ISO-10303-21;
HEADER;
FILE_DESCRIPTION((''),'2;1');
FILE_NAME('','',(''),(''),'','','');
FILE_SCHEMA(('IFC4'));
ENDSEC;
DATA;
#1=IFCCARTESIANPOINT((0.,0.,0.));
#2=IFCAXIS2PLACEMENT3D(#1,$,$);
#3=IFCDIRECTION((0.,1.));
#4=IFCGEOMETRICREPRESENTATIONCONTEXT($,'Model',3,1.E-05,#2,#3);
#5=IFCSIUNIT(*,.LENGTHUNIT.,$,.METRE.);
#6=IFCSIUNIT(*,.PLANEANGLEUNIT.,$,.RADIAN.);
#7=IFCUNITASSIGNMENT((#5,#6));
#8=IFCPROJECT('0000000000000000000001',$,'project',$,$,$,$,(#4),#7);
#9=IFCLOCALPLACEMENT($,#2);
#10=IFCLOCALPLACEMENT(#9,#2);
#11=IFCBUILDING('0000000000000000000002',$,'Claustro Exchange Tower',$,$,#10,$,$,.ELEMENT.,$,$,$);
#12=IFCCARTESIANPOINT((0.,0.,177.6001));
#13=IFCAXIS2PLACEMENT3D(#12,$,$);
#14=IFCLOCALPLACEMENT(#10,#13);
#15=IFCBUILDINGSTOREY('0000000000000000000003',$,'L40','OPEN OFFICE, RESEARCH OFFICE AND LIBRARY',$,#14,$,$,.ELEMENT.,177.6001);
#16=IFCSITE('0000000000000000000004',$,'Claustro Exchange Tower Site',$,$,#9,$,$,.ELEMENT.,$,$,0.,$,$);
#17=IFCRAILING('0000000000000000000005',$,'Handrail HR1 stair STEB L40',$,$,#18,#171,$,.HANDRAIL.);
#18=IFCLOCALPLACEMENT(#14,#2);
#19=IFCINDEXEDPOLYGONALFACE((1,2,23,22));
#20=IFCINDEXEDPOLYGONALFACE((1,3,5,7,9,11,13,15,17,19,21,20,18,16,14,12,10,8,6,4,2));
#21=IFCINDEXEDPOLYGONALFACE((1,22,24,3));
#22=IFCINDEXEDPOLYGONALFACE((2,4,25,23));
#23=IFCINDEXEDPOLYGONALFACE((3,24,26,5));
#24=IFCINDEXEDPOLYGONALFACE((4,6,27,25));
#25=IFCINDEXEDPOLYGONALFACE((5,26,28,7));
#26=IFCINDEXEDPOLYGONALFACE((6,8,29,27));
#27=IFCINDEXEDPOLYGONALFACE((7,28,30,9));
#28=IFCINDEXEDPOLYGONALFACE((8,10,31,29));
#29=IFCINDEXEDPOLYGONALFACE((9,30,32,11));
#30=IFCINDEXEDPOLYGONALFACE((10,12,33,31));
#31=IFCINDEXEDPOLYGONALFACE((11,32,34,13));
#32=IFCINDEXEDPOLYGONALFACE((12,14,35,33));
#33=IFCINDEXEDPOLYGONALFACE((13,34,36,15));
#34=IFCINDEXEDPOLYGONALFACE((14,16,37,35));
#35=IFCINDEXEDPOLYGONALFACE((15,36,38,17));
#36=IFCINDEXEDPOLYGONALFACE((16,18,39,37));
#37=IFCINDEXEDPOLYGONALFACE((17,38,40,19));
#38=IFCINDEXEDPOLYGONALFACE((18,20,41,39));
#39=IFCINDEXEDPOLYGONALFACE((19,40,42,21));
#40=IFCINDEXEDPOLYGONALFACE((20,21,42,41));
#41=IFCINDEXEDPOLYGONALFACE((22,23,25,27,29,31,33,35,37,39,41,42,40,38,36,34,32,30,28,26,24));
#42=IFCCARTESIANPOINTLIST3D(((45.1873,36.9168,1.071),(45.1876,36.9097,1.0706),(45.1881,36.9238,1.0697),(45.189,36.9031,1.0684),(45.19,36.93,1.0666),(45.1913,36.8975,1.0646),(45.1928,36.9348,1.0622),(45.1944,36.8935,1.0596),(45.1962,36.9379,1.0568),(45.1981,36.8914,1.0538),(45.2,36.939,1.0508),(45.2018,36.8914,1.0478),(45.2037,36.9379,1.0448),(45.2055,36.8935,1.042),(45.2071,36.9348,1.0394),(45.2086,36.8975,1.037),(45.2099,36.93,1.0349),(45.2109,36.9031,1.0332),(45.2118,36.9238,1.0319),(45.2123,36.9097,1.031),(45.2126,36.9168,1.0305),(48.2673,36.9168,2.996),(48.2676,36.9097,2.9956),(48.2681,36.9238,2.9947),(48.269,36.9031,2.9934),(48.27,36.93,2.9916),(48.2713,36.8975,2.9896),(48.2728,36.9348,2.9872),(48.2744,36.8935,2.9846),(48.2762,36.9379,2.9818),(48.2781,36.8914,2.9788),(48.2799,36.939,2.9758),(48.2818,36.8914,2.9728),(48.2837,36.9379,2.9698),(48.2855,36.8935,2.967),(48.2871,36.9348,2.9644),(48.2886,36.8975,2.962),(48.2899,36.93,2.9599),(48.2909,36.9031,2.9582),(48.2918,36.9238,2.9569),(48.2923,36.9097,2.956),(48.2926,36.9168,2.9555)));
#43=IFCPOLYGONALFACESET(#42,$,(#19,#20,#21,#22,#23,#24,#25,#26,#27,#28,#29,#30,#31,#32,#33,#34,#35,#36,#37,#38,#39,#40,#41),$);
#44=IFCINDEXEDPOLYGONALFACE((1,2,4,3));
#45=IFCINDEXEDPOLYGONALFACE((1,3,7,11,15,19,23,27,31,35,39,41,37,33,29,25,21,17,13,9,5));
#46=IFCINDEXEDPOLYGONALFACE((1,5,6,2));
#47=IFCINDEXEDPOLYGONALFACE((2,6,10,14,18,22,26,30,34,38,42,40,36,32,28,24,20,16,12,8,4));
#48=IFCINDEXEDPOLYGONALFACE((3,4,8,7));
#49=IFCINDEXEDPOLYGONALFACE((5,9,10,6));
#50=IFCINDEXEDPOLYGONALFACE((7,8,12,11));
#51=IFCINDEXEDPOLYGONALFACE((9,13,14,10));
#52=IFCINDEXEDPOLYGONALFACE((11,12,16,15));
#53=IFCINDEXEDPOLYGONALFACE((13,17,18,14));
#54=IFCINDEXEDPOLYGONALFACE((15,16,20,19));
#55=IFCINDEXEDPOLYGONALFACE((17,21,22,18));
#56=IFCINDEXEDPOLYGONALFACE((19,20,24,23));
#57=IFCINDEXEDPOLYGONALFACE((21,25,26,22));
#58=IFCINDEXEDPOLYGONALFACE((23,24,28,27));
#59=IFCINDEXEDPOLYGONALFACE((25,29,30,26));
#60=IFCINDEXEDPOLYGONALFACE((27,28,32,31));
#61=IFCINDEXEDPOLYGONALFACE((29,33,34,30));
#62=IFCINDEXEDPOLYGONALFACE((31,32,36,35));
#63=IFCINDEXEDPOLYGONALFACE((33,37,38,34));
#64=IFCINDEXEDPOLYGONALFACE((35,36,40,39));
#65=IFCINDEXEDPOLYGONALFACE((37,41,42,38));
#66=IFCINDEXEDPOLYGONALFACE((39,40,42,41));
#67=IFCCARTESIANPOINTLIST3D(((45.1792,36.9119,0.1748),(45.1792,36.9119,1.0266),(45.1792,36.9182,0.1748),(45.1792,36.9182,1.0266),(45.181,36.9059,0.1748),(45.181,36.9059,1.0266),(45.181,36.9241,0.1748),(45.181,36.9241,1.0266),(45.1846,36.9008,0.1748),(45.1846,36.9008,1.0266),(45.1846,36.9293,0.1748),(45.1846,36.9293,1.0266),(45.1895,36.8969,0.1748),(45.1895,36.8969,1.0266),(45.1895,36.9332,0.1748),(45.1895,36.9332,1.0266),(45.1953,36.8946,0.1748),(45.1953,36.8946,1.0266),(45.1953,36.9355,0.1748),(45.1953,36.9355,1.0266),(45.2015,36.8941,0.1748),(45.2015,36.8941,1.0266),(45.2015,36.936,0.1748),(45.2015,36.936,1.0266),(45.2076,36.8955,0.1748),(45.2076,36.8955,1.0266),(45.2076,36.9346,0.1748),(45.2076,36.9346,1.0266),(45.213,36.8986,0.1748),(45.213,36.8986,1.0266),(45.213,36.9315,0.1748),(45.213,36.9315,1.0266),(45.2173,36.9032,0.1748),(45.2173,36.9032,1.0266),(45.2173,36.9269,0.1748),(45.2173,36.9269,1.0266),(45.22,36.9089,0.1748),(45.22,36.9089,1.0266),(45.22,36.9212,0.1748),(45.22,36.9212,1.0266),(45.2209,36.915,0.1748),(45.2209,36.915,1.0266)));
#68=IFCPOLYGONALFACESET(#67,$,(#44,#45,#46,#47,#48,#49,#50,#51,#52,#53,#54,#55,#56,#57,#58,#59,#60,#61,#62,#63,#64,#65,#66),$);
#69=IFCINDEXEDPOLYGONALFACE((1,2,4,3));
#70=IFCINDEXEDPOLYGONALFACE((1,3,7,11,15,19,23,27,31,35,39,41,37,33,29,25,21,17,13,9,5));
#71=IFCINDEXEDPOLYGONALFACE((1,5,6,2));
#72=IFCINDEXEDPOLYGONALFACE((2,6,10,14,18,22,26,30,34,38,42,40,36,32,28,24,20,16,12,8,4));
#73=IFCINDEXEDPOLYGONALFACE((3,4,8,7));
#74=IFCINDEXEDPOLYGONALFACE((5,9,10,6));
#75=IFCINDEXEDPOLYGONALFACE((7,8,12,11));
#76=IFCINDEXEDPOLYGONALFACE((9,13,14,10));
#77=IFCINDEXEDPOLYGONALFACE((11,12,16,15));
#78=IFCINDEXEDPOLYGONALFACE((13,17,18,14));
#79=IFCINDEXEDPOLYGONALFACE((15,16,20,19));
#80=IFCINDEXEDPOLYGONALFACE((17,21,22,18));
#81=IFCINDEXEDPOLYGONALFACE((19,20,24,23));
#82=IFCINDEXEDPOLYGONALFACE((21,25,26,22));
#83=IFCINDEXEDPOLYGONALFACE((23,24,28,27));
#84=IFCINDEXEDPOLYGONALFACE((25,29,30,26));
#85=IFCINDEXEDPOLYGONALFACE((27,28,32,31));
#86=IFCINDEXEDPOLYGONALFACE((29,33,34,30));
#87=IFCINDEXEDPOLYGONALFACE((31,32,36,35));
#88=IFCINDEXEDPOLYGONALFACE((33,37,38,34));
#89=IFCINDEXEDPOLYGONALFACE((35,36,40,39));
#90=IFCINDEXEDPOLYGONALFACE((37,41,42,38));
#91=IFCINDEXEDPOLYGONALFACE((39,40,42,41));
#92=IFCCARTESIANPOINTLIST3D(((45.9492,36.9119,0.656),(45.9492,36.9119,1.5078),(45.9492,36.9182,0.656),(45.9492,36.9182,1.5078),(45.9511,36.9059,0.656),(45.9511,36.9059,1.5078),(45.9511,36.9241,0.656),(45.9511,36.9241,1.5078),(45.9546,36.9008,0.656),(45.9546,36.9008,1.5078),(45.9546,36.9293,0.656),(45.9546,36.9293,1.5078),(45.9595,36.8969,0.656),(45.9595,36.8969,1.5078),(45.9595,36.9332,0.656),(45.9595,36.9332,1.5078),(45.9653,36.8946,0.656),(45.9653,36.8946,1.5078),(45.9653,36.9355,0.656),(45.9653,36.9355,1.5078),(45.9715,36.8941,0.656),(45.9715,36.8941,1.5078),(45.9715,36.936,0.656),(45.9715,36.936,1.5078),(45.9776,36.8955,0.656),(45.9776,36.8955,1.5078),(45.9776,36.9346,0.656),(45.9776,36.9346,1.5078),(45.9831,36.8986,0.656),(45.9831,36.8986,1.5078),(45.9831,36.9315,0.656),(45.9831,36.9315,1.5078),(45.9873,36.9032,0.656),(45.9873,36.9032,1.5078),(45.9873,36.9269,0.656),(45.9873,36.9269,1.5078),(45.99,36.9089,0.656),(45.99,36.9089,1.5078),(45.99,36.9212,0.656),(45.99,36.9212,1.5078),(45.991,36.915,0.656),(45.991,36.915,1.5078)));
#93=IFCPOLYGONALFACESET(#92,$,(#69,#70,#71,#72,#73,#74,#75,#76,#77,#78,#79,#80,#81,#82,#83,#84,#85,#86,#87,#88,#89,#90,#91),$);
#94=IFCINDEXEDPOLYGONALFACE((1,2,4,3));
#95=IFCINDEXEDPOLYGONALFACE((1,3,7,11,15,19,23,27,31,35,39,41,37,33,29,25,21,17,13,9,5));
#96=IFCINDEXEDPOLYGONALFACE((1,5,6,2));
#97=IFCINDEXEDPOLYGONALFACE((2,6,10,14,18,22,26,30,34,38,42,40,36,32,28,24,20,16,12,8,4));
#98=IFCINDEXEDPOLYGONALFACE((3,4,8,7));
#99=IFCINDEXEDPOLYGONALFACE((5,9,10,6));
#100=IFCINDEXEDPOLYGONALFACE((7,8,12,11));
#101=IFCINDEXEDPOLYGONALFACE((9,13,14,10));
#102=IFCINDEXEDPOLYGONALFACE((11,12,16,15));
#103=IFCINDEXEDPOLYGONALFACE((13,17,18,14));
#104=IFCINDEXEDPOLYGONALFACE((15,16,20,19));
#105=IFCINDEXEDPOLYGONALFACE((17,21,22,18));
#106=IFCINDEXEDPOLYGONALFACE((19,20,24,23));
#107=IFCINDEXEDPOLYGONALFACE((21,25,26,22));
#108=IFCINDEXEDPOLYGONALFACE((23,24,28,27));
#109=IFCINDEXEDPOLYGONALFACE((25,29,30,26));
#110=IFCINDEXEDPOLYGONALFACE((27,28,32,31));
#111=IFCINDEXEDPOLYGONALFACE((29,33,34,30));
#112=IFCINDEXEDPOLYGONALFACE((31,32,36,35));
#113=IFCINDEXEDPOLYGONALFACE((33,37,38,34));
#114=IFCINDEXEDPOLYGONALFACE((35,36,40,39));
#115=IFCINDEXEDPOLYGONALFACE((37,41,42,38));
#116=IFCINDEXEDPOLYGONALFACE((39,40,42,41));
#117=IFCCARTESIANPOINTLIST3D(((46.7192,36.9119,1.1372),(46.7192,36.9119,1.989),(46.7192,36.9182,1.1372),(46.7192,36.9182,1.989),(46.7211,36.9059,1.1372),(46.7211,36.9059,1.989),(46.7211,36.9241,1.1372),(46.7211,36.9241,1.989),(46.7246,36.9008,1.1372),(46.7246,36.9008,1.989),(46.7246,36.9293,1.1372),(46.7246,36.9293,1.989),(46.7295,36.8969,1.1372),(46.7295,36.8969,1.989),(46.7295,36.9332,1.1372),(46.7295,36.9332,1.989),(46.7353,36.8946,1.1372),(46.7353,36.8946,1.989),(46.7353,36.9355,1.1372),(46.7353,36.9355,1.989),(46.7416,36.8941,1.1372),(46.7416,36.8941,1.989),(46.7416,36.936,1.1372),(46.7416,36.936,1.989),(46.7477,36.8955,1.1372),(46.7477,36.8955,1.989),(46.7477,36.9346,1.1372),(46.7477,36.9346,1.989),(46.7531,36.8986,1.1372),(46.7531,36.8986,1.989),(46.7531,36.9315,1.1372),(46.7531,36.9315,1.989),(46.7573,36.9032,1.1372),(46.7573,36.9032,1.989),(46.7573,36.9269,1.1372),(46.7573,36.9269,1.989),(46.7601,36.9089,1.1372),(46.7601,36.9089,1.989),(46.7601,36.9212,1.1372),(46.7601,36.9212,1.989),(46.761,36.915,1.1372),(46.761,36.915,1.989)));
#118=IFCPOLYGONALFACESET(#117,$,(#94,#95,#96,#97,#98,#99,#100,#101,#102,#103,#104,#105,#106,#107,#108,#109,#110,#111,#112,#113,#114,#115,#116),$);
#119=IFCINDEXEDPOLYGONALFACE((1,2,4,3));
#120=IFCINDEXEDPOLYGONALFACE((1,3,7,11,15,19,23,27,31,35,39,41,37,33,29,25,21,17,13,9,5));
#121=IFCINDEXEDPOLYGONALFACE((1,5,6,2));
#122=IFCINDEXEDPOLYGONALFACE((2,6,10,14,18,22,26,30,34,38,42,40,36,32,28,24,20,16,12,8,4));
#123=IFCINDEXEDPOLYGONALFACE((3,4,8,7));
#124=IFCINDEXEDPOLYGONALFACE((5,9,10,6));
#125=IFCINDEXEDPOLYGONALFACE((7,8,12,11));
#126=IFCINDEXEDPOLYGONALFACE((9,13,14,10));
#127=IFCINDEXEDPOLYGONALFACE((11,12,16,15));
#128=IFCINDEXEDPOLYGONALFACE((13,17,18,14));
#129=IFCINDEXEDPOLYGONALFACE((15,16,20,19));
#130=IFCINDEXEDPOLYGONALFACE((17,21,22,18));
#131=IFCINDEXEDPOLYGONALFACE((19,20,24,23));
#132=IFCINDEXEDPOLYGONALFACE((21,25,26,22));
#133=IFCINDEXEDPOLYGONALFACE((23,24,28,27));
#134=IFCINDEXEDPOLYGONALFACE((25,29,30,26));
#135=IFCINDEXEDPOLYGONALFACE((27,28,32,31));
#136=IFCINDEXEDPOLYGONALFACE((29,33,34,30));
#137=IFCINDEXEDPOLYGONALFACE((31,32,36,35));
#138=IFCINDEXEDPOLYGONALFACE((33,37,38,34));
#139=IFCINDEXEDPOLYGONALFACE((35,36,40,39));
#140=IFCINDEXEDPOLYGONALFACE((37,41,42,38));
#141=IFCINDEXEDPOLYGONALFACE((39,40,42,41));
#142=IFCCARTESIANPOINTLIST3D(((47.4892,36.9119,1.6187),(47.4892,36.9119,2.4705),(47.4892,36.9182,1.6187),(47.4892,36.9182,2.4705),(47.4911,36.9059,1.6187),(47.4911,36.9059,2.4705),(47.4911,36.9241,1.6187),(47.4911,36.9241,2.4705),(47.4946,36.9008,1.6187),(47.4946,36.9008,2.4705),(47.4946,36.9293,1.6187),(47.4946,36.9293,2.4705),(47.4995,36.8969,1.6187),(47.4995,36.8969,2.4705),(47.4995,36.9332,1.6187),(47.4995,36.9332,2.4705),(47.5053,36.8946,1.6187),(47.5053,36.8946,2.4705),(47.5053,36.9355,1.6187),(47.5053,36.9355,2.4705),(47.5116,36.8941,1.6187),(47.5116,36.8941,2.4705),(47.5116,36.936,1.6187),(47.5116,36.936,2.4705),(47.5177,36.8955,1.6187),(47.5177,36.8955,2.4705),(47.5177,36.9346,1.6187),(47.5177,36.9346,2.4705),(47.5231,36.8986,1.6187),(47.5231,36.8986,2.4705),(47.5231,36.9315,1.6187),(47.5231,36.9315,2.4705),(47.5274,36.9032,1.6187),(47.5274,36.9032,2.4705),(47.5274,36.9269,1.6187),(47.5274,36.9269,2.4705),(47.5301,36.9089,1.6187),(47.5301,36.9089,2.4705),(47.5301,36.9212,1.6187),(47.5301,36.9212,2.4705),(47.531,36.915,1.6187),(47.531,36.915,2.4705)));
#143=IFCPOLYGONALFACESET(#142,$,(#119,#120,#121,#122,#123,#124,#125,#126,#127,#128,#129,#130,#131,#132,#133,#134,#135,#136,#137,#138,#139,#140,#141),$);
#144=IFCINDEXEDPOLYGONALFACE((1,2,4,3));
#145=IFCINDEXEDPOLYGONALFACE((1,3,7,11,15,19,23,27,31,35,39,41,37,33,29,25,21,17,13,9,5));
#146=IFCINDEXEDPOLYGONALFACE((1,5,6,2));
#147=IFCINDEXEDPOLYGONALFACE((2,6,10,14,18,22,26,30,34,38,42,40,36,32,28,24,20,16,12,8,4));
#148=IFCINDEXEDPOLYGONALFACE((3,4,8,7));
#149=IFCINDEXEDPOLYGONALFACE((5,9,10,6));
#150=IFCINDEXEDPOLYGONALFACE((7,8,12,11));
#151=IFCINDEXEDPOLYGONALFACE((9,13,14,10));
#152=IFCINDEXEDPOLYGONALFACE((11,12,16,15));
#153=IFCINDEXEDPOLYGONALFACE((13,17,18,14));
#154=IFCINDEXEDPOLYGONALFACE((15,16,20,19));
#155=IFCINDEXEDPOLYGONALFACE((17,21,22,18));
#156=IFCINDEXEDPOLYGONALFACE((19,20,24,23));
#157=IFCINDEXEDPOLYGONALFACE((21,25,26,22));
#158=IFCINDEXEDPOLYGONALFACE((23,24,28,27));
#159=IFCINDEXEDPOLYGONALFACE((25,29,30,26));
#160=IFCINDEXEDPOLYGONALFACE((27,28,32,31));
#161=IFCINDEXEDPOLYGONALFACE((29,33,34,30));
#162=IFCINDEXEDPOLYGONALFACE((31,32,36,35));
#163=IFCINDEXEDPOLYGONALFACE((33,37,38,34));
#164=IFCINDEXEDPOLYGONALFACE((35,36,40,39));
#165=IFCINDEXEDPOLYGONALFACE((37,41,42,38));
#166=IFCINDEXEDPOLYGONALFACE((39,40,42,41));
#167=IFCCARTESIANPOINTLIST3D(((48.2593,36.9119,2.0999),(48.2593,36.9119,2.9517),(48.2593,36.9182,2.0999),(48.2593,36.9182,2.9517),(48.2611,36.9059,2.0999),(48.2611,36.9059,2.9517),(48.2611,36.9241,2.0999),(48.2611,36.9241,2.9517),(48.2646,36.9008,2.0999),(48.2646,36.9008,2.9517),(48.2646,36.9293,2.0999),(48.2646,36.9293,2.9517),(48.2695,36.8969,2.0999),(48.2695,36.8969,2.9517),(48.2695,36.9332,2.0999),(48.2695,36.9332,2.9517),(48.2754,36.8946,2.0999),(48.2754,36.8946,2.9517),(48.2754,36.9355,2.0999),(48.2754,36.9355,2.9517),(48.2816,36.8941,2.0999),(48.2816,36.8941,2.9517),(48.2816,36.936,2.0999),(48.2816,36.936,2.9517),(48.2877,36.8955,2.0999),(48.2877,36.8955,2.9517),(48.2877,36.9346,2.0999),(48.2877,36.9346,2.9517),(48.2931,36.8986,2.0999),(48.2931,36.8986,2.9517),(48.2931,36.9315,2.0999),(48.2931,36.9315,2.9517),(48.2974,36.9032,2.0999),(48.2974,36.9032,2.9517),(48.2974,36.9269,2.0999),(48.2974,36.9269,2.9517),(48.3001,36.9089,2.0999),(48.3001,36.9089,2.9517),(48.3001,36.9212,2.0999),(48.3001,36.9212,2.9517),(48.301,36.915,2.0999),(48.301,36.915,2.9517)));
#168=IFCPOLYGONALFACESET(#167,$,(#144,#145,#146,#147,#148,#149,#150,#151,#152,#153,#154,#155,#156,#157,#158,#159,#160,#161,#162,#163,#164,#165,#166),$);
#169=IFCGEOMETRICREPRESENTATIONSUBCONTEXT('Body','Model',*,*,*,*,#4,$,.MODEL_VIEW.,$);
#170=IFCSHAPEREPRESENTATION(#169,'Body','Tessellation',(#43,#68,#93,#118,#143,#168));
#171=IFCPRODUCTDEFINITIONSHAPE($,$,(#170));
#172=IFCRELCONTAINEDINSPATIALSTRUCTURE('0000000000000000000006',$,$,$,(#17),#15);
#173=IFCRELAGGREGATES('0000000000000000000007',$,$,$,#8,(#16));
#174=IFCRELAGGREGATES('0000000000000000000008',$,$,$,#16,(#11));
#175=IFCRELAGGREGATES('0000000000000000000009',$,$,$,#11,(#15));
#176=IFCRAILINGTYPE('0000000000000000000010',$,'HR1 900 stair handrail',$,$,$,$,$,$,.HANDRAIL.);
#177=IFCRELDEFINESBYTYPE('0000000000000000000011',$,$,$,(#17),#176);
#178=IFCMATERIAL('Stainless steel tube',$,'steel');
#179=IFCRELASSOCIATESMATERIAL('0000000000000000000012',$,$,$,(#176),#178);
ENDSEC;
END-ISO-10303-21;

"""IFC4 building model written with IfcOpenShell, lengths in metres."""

from ifc_helpers import new_model, si_unit, direction, frame, origin, origin_2d, place, context, subcontext, project, spatial, circle, extrude, material, type_object, element, save


model = new_model("IFC4")

# Units and contexts
model_context = context("Model", 3, precision=1e-05, world=origin(), true_north=direction((0.0, 1.0)))
body_context = subcontext(model_context, "Body", "Model", "MODEL_VIEW")
ifc_project = project(units=[si_unit("LENGTHUNIT", "METRE"), si_unit("PLANEANGLEUNIT", "RADIAN")], contexts=[model_context])

# Site, building, storey
site_placement = place(None, origin())
site = spatial("IfcSite", under=ifc_project, at=site_placement, Name="Claustro Exchange Tower Site", CompositionType="ELEMENT", RefElevation=0.0)
building_placement = place(site_placement, origin())
building = spatial("IfcBuilding", under=site, at=building_placement, Name="Claustro Exchange Tower", CompositionType="ELEMENT")
storey_placement = place(building_placement, frame((0.0, 0.0, 177.6001)))
storey = spatial("IfcBuildingStorey", under=building, at=storey_placement, Name="L40", Description="OPEN OFFICE, RESEARCH OFFICE AND LIBRARY", CompositionType="ELEMENT", Elevation=177.6001)

# Railing
ifc_material_1 = material(Name="Stainless steel tube", Category="steel")
railing_type_1 = type_object("IfcRailingType", Name="HR1 900 stair handrail", PredefinedType="HANDRAIL", material=ifc_material_1)
railing_1_placement = place(storey_placement, frame((45.2, 36.915, 0.1748)))
element("IfcRailing", 1, at=railing_1_placement, inside=storey, type_object=railing_type_1, Name="Handrail HR1 stair STEB L40", PredefinedType="HANDRAIL", context=body_context, shape_type="SweptSolid", body=[
    extrude(circle(Radius=0.0239, at=origin_2d()), frame((0.0, 0.0, 0.876), z_axis=(0.847998, 0.0, 0.529999), x_axis=(0.0, 1.0, 0.0)), (0.0, 0.0, 1.0), 3.6321),
    extrude(circle(Radius=0.021, at=origin_2d()), origin(), (0.0, 0.0, 1.0), 0.8518),
    extrude(circle(Radius=0.021, at=origin_2d()), frame((0.77, 0.0, 0.4812)), (0.0, 0.0, 1.0), 0.8518),
    extrude(circle(Radius=0.021, at=origin_2d()), frame((1.54, 0.0, 0.9624)), (0.0, 0.0, 1.0), 0.8518),
    extrude(circle(Radius=0.021, at=origin_2d()), frame((2.3101, 0.0, 1.4438)), (0.0, 0.0, 1.0), 0.8518),
    extrude(circle(Radius=0.021, at=origin_2d()), frame((3.0801, 0.0, 1.925)), (0.0, 0.0, 1.0), 0.8518),
])

save(model, "model.ifc")
